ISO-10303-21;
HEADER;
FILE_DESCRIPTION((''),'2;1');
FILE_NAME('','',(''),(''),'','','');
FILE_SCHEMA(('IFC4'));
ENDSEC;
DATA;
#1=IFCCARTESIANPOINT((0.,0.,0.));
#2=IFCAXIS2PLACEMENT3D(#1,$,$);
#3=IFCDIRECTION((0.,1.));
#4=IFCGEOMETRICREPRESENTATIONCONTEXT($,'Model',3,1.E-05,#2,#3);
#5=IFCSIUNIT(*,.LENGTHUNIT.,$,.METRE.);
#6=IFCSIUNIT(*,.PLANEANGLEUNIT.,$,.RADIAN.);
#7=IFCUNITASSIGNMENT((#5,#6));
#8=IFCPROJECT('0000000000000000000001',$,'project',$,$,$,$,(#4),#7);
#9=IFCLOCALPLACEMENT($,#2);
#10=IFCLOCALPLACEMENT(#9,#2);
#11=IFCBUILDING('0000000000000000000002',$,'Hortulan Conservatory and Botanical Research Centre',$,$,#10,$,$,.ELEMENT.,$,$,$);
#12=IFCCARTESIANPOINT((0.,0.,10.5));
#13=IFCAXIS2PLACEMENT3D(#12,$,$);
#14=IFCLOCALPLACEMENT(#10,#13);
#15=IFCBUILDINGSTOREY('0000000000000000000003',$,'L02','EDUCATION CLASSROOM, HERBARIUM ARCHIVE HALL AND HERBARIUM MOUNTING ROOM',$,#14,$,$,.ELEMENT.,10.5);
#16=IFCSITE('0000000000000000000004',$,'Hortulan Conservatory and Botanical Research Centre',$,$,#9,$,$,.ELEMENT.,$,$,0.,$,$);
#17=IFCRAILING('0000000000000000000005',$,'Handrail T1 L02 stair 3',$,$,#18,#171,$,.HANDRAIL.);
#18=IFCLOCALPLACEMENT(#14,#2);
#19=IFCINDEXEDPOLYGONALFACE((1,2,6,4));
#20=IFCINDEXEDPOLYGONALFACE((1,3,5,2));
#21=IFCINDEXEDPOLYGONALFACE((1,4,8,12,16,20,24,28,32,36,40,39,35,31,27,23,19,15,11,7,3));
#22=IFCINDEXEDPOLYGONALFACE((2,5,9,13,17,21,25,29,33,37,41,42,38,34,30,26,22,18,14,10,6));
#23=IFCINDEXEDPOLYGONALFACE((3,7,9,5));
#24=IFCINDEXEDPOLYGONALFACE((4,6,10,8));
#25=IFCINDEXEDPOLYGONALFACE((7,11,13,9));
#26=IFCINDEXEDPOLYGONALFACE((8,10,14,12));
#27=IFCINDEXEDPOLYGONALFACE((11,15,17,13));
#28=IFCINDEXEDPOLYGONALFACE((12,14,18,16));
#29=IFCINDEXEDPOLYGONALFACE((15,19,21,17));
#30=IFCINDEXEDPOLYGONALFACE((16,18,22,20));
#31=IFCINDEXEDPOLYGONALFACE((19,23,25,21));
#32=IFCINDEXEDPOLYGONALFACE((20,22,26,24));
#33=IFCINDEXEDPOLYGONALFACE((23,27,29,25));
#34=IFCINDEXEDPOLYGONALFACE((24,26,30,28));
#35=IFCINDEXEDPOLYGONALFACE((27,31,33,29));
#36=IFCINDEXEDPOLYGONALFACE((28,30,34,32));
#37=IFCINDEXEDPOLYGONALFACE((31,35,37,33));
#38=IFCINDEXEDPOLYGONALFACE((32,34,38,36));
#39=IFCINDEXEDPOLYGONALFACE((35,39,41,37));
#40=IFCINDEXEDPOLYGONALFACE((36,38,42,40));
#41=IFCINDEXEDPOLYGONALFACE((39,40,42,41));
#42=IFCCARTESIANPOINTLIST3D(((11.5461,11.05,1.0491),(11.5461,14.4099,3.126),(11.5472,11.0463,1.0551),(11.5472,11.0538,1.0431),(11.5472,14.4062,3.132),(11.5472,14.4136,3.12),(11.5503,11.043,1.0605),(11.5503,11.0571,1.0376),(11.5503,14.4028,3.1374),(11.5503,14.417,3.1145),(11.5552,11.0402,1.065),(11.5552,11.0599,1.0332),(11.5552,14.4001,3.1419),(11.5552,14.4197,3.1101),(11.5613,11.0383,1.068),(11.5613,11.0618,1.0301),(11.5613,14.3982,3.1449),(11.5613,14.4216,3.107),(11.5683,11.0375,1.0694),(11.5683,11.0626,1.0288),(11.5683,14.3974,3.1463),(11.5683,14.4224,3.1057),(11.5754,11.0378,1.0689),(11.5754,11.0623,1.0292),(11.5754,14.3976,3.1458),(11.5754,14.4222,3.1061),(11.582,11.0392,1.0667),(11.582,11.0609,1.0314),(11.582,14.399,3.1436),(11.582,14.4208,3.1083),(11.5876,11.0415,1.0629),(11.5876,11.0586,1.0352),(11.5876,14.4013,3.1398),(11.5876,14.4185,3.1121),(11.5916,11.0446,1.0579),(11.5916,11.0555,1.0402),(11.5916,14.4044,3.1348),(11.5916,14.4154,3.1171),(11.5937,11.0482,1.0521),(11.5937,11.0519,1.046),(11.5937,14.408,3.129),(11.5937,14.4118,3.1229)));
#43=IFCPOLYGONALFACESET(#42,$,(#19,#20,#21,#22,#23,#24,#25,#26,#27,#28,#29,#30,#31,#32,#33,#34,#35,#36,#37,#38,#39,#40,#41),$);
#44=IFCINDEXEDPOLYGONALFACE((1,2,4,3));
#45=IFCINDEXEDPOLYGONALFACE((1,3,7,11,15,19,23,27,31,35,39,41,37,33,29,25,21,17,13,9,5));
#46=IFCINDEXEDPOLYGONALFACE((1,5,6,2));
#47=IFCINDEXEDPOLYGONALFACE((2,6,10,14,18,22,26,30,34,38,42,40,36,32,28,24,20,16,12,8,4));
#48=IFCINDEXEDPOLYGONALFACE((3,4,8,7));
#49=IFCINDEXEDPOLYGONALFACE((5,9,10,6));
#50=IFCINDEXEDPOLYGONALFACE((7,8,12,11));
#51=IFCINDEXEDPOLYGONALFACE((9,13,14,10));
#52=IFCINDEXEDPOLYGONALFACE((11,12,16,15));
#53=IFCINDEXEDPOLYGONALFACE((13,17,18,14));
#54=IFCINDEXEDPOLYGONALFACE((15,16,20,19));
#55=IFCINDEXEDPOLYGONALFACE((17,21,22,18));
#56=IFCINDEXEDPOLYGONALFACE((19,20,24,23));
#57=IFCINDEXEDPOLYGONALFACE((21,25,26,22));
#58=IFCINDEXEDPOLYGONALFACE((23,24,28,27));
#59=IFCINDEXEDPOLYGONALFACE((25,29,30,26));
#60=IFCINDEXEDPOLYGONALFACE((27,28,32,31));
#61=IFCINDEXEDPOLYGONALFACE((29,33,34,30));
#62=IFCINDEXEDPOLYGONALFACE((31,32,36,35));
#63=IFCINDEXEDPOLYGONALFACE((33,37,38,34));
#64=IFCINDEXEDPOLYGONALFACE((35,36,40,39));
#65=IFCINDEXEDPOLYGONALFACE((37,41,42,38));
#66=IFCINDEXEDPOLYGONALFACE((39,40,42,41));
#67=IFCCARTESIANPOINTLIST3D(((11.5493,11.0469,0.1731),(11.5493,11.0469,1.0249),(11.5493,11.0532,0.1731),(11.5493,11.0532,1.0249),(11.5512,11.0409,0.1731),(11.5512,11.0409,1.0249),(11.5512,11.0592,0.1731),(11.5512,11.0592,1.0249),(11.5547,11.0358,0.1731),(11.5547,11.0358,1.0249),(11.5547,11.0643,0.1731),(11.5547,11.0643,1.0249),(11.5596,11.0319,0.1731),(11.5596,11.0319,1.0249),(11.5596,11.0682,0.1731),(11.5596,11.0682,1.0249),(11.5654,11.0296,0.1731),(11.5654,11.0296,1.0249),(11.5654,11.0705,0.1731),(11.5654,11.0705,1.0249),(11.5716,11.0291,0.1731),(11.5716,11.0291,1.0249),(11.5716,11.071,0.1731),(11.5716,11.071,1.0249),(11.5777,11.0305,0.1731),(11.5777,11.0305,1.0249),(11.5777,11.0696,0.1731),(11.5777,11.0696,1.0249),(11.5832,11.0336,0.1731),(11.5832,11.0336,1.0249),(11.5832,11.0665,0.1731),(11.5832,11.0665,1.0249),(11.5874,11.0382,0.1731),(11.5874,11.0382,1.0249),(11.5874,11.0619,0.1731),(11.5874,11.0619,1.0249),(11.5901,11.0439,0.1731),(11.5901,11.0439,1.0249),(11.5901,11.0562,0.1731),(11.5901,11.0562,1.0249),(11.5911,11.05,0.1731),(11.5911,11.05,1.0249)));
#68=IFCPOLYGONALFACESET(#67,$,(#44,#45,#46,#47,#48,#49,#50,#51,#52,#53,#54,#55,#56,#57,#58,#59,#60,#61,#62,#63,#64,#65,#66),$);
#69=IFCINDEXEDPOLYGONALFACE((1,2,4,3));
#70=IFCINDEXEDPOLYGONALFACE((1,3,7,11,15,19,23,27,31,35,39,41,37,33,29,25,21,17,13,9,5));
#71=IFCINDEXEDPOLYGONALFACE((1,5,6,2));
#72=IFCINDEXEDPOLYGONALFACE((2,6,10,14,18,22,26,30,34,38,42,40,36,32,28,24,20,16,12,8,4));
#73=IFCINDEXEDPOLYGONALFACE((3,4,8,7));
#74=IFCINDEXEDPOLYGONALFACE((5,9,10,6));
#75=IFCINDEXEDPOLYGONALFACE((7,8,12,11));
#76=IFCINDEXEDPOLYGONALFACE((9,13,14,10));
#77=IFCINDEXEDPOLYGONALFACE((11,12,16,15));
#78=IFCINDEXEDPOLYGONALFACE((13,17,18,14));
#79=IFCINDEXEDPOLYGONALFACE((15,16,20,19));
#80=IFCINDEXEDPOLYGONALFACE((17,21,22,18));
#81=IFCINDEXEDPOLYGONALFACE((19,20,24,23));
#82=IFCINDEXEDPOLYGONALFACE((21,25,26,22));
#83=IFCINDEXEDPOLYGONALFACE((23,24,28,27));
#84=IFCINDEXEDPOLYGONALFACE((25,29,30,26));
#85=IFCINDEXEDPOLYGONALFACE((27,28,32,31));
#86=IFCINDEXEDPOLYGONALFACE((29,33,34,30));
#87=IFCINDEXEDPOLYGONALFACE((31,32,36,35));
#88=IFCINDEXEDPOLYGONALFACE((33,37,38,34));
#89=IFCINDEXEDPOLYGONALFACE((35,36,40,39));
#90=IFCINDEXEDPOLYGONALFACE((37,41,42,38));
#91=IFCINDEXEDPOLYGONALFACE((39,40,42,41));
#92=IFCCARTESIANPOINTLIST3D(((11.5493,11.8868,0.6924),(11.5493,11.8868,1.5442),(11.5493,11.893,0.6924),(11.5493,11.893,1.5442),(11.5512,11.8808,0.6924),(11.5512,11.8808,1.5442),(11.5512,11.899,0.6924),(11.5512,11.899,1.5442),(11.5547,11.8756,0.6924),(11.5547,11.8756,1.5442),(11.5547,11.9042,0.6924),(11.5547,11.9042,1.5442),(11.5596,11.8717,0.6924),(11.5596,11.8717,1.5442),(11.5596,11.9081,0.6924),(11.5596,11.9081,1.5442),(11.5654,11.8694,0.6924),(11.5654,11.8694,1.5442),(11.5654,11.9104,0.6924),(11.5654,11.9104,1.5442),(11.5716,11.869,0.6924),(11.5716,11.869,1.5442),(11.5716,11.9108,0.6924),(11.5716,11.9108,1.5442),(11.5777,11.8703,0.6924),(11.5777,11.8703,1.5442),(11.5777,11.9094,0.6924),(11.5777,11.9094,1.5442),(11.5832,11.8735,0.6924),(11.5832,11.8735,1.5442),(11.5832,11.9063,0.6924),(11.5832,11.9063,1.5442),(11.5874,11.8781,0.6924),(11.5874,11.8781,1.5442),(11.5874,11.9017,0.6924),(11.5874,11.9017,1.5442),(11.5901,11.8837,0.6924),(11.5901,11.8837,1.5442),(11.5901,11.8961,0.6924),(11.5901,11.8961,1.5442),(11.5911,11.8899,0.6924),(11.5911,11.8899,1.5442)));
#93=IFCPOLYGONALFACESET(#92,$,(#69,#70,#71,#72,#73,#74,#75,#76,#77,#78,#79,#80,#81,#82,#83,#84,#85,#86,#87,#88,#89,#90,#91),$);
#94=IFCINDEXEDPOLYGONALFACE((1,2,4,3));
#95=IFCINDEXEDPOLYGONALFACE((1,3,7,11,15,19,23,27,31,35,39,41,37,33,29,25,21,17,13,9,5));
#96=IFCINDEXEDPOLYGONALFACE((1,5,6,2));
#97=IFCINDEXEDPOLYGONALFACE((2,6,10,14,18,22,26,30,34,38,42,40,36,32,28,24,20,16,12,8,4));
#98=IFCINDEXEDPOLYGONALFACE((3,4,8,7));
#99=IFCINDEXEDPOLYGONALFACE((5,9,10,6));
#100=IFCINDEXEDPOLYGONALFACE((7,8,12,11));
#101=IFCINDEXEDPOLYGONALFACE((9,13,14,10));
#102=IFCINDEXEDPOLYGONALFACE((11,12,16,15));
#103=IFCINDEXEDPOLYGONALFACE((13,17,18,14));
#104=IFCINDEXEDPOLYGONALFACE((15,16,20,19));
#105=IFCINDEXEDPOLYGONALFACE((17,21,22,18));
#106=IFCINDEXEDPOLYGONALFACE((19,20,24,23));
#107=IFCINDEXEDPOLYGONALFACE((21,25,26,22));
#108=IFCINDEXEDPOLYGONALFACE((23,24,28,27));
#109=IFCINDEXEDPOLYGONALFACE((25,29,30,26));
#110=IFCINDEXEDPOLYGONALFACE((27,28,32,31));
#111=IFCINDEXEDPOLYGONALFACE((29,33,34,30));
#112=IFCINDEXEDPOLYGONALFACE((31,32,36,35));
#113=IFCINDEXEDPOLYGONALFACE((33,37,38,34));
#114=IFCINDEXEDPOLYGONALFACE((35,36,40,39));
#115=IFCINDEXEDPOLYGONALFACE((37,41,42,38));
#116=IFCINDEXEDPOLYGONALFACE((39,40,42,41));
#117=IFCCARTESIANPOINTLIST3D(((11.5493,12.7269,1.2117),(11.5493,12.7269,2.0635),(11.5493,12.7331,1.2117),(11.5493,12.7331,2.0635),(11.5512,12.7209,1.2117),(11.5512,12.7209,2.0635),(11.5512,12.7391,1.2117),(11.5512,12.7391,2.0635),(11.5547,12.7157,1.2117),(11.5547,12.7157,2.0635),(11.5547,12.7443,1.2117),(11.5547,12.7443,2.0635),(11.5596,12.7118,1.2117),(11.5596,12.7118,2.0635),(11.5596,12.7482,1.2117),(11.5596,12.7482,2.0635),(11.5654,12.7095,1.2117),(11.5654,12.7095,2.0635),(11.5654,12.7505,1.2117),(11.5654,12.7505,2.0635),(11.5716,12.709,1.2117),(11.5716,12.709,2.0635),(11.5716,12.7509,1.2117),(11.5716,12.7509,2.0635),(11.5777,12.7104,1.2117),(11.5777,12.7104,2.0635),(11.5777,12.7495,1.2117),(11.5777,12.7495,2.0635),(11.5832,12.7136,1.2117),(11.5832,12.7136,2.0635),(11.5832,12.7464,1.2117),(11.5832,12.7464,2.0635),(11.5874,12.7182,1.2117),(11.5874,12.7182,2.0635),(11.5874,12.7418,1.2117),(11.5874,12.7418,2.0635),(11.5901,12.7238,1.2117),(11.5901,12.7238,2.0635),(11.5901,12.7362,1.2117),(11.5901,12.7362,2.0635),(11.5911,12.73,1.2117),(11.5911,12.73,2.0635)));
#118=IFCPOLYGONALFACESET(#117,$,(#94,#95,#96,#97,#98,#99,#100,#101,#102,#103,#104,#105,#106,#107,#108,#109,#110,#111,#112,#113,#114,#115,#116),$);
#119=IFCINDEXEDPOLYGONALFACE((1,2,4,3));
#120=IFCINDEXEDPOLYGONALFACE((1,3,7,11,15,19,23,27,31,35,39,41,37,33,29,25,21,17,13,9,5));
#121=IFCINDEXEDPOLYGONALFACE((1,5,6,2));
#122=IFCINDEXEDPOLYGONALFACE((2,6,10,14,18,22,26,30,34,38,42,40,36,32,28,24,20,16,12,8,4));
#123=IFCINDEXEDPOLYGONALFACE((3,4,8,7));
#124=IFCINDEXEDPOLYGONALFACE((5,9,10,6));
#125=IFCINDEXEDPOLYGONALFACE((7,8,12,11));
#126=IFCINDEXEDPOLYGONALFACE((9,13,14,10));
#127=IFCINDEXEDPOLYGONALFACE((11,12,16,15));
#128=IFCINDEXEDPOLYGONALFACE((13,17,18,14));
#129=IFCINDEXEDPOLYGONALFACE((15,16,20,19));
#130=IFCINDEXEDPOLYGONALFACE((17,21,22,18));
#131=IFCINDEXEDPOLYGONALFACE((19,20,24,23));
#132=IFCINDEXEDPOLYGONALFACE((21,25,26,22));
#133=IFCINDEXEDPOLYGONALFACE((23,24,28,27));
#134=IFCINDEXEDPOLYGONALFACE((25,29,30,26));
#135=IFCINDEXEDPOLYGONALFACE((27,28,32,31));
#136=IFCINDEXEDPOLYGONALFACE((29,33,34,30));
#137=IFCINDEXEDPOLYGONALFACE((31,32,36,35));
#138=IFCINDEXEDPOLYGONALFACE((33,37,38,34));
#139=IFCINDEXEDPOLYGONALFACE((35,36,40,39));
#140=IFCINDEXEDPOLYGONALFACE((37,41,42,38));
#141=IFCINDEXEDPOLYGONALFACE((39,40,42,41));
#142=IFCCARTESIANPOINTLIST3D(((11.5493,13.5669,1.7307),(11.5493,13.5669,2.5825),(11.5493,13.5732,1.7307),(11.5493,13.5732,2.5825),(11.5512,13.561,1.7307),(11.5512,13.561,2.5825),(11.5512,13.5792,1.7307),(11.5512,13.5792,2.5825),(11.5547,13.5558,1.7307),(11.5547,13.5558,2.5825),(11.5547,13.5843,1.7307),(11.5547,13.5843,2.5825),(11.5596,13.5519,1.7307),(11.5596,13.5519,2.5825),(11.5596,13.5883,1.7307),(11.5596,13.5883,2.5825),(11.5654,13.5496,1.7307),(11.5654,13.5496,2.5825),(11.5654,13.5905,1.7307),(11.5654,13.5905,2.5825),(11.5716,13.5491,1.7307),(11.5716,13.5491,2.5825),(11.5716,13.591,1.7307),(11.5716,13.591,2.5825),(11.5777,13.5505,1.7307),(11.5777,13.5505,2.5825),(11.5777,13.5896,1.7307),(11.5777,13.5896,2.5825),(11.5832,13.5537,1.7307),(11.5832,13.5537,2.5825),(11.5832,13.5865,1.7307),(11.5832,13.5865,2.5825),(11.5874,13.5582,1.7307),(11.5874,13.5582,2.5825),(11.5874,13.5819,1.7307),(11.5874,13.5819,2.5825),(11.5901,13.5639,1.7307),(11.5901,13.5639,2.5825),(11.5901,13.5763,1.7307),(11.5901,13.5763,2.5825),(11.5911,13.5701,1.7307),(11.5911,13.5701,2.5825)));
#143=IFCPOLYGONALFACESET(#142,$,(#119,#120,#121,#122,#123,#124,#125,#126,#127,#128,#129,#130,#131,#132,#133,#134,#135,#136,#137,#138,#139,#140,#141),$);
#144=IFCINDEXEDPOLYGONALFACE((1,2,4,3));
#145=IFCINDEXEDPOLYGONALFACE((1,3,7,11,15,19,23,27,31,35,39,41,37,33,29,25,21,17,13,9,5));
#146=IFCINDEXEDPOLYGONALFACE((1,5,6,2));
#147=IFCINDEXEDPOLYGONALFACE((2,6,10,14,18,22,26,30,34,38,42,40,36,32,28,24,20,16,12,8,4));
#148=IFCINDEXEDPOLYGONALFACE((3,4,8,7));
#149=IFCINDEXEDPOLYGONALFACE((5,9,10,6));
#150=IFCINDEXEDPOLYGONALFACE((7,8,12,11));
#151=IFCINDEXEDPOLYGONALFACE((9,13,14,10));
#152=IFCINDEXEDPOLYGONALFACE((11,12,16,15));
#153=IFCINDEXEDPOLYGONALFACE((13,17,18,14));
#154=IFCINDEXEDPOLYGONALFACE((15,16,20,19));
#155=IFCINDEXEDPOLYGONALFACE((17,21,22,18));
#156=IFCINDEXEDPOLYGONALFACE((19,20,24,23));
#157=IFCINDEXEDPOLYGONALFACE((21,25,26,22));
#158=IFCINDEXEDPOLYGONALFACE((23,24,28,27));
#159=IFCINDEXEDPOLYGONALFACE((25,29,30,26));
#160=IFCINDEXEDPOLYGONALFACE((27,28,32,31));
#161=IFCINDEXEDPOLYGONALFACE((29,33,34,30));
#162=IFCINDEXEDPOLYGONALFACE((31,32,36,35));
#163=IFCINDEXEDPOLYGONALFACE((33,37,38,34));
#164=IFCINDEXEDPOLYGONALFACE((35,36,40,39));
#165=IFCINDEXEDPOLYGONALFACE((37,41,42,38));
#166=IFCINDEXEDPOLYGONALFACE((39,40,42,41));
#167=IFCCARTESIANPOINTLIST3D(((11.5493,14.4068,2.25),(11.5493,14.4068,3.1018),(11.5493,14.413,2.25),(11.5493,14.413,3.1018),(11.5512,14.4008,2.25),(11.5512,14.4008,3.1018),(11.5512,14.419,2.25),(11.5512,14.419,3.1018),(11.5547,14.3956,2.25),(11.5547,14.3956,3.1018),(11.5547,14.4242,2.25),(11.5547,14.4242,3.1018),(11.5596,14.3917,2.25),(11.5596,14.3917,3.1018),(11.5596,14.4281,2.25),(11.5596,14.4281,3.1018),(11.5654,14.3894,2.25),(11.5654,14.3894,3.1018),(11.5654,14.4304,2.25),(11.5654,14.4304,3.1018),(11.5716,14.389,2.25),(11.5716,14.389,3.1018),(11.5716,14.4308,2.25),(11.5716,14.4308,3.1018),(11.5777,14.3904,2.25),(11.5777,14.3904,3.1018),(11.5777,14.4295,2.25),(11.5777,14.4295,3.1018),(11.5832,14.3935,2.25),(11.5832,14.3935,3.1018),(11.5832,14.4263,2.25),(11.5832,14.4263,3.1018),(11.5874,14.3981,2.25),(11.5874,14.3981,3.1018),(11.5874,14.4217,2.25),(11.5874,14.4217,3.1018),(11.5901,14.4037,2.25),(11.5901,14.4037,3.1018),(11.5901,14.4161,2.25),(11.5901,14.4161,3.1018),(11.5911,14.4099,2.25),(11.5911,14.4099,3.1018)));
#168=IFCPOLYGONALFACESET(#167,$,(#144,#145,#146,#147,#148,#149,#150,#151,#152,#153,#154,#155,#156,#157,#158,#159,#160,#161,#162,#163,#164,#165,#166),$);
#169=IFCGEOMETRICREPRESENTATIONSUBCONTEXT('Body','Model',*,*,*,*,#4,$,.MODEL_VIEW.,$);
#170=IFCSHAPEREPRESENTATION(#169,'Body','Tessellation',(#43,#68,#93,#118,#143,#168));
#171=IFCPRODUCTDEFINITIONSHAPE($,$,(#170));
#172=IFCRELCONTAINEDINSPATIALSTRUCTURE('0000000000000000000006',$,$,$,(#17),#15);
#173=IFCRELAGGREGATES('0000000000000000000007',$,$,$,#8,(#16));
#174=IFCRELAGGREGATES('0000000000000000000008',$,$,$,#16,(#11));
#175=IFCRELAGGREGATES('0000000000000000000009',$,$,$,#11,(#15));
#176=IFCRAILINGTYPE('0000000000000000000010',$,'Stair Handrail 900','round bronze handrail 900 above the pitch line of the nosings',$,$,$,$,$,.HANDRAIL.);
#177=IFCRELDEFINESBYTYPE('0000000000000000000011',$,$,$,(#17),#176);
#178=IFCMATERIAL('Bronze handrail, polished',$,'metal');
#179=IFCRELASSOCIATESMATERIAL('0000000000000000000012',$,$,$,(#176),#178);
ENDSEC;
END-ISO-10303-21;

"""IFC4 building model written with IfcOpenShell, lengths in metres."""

from ifc_helpers import new_model, si_unit, direction, frame, origin, origin_2d, place, context, subcontext, project, spatial, circle, extrude, material, type_object, element, save


model = new_model("IFC4")

# Units and contexts
model_context = context("Model", 3, precision=1e-05, world=origin(), true_north=direction((0.0, 1.0)))
body_context = subcontext(model_context, "Body", "Model", "MODEL_VIEW")
ifc_project = project(units=[si_unit("LENGTHUNIT", "METRE"), si_unit("PLANEANGLEUNIT", "RADIAN")], contexts=[model_context])

# Site, building, storey
site_placement = place(None, origin())
site = spatial("IfcSite", under=ifc_project, at=site_placement, Name="Hortulan Conservatory and Botanical Research Centre", CompositionType="ELEMENT", RefElevation=0.0)
building_placement = place(site_placement, origin())
building = spatial("IfcBuilding", under=site, at=building_placement, Name="Hortulan Conservatory and Botanical Research Centre", CompositionType="ELEMENT")
storey_placement = place(building_placement, frame((0.0, 0.0, 10.5)))
storey = spatial("IfcBuildingStorey", under=building, at=storey_placement, Name="L02", Description="EDUCATION CLASSROOM, HERBARIUM ARCHIVE HALL AND HERBARIUM MOUNTING ROOM", CompositionType="ELEMENT", Elevation=10.5)

# Railing
ifc_material_1 = material(Name="Bronze handrail, polished", Category="metal")
railing_type_1 = type_object("IfcRailingType", Name="Stair Handrail 900", Description="round bronze handrail 900 above the pitch line of the nosings", PredefinedType="HANDRAIL", material=ifc_material_1)
for number, where, name in (
    (1, (11.5701, 11.05, 0.1731), "Handrail T1 L02 stair 3"),
):
    element("IfcRailing", number, at=place(storey_placement, frame(where)), inside=storey, type_object=railing_type_1, Name=name, PredefinedType="HANDRAIL", context=body_context, shape_type="SweptSolid", body=[
        extrude(circle(Radius=0.0239, at=origin_2d()), frame((0.0, 0.0, 0.876), z_axis=(0.0, 0.850606, 0.525803), x_axis=(-1.0, 0.0, 0.0)), (0.0, 0.0, 1.0), 3.95),
        extrude(circle(Radius=0.021, at=origin_2d()), origin(), (0.0, 0.0, 1.0), 0.8518),
        extrude(circle(Radius=0.021, at=origin_2d()), frame((0.0, 0.8398, 0.5193)), (0.0, 0.0, 1.0), 0.8518),
        extrude(circle(Radius=0.021, at=origin_2d()), frame((0.0, 1.6799, 1.0386)), (0.0, 0.0, 1.0), 0.8518),
        extrude(circle(Radius=0.021, at=origin_2d()), frame((0.0, 2.52, 1.5576)), (0.0, 0.0, 1.0), 0.8518),
        extrude(circle(Radius=0.021, at=origin_2d()), frame((0.0, 3.3599, 2.0769)), (0.0, 0.0, 1.0), 0.8518),
    ])

save(model, "model.ifc")
